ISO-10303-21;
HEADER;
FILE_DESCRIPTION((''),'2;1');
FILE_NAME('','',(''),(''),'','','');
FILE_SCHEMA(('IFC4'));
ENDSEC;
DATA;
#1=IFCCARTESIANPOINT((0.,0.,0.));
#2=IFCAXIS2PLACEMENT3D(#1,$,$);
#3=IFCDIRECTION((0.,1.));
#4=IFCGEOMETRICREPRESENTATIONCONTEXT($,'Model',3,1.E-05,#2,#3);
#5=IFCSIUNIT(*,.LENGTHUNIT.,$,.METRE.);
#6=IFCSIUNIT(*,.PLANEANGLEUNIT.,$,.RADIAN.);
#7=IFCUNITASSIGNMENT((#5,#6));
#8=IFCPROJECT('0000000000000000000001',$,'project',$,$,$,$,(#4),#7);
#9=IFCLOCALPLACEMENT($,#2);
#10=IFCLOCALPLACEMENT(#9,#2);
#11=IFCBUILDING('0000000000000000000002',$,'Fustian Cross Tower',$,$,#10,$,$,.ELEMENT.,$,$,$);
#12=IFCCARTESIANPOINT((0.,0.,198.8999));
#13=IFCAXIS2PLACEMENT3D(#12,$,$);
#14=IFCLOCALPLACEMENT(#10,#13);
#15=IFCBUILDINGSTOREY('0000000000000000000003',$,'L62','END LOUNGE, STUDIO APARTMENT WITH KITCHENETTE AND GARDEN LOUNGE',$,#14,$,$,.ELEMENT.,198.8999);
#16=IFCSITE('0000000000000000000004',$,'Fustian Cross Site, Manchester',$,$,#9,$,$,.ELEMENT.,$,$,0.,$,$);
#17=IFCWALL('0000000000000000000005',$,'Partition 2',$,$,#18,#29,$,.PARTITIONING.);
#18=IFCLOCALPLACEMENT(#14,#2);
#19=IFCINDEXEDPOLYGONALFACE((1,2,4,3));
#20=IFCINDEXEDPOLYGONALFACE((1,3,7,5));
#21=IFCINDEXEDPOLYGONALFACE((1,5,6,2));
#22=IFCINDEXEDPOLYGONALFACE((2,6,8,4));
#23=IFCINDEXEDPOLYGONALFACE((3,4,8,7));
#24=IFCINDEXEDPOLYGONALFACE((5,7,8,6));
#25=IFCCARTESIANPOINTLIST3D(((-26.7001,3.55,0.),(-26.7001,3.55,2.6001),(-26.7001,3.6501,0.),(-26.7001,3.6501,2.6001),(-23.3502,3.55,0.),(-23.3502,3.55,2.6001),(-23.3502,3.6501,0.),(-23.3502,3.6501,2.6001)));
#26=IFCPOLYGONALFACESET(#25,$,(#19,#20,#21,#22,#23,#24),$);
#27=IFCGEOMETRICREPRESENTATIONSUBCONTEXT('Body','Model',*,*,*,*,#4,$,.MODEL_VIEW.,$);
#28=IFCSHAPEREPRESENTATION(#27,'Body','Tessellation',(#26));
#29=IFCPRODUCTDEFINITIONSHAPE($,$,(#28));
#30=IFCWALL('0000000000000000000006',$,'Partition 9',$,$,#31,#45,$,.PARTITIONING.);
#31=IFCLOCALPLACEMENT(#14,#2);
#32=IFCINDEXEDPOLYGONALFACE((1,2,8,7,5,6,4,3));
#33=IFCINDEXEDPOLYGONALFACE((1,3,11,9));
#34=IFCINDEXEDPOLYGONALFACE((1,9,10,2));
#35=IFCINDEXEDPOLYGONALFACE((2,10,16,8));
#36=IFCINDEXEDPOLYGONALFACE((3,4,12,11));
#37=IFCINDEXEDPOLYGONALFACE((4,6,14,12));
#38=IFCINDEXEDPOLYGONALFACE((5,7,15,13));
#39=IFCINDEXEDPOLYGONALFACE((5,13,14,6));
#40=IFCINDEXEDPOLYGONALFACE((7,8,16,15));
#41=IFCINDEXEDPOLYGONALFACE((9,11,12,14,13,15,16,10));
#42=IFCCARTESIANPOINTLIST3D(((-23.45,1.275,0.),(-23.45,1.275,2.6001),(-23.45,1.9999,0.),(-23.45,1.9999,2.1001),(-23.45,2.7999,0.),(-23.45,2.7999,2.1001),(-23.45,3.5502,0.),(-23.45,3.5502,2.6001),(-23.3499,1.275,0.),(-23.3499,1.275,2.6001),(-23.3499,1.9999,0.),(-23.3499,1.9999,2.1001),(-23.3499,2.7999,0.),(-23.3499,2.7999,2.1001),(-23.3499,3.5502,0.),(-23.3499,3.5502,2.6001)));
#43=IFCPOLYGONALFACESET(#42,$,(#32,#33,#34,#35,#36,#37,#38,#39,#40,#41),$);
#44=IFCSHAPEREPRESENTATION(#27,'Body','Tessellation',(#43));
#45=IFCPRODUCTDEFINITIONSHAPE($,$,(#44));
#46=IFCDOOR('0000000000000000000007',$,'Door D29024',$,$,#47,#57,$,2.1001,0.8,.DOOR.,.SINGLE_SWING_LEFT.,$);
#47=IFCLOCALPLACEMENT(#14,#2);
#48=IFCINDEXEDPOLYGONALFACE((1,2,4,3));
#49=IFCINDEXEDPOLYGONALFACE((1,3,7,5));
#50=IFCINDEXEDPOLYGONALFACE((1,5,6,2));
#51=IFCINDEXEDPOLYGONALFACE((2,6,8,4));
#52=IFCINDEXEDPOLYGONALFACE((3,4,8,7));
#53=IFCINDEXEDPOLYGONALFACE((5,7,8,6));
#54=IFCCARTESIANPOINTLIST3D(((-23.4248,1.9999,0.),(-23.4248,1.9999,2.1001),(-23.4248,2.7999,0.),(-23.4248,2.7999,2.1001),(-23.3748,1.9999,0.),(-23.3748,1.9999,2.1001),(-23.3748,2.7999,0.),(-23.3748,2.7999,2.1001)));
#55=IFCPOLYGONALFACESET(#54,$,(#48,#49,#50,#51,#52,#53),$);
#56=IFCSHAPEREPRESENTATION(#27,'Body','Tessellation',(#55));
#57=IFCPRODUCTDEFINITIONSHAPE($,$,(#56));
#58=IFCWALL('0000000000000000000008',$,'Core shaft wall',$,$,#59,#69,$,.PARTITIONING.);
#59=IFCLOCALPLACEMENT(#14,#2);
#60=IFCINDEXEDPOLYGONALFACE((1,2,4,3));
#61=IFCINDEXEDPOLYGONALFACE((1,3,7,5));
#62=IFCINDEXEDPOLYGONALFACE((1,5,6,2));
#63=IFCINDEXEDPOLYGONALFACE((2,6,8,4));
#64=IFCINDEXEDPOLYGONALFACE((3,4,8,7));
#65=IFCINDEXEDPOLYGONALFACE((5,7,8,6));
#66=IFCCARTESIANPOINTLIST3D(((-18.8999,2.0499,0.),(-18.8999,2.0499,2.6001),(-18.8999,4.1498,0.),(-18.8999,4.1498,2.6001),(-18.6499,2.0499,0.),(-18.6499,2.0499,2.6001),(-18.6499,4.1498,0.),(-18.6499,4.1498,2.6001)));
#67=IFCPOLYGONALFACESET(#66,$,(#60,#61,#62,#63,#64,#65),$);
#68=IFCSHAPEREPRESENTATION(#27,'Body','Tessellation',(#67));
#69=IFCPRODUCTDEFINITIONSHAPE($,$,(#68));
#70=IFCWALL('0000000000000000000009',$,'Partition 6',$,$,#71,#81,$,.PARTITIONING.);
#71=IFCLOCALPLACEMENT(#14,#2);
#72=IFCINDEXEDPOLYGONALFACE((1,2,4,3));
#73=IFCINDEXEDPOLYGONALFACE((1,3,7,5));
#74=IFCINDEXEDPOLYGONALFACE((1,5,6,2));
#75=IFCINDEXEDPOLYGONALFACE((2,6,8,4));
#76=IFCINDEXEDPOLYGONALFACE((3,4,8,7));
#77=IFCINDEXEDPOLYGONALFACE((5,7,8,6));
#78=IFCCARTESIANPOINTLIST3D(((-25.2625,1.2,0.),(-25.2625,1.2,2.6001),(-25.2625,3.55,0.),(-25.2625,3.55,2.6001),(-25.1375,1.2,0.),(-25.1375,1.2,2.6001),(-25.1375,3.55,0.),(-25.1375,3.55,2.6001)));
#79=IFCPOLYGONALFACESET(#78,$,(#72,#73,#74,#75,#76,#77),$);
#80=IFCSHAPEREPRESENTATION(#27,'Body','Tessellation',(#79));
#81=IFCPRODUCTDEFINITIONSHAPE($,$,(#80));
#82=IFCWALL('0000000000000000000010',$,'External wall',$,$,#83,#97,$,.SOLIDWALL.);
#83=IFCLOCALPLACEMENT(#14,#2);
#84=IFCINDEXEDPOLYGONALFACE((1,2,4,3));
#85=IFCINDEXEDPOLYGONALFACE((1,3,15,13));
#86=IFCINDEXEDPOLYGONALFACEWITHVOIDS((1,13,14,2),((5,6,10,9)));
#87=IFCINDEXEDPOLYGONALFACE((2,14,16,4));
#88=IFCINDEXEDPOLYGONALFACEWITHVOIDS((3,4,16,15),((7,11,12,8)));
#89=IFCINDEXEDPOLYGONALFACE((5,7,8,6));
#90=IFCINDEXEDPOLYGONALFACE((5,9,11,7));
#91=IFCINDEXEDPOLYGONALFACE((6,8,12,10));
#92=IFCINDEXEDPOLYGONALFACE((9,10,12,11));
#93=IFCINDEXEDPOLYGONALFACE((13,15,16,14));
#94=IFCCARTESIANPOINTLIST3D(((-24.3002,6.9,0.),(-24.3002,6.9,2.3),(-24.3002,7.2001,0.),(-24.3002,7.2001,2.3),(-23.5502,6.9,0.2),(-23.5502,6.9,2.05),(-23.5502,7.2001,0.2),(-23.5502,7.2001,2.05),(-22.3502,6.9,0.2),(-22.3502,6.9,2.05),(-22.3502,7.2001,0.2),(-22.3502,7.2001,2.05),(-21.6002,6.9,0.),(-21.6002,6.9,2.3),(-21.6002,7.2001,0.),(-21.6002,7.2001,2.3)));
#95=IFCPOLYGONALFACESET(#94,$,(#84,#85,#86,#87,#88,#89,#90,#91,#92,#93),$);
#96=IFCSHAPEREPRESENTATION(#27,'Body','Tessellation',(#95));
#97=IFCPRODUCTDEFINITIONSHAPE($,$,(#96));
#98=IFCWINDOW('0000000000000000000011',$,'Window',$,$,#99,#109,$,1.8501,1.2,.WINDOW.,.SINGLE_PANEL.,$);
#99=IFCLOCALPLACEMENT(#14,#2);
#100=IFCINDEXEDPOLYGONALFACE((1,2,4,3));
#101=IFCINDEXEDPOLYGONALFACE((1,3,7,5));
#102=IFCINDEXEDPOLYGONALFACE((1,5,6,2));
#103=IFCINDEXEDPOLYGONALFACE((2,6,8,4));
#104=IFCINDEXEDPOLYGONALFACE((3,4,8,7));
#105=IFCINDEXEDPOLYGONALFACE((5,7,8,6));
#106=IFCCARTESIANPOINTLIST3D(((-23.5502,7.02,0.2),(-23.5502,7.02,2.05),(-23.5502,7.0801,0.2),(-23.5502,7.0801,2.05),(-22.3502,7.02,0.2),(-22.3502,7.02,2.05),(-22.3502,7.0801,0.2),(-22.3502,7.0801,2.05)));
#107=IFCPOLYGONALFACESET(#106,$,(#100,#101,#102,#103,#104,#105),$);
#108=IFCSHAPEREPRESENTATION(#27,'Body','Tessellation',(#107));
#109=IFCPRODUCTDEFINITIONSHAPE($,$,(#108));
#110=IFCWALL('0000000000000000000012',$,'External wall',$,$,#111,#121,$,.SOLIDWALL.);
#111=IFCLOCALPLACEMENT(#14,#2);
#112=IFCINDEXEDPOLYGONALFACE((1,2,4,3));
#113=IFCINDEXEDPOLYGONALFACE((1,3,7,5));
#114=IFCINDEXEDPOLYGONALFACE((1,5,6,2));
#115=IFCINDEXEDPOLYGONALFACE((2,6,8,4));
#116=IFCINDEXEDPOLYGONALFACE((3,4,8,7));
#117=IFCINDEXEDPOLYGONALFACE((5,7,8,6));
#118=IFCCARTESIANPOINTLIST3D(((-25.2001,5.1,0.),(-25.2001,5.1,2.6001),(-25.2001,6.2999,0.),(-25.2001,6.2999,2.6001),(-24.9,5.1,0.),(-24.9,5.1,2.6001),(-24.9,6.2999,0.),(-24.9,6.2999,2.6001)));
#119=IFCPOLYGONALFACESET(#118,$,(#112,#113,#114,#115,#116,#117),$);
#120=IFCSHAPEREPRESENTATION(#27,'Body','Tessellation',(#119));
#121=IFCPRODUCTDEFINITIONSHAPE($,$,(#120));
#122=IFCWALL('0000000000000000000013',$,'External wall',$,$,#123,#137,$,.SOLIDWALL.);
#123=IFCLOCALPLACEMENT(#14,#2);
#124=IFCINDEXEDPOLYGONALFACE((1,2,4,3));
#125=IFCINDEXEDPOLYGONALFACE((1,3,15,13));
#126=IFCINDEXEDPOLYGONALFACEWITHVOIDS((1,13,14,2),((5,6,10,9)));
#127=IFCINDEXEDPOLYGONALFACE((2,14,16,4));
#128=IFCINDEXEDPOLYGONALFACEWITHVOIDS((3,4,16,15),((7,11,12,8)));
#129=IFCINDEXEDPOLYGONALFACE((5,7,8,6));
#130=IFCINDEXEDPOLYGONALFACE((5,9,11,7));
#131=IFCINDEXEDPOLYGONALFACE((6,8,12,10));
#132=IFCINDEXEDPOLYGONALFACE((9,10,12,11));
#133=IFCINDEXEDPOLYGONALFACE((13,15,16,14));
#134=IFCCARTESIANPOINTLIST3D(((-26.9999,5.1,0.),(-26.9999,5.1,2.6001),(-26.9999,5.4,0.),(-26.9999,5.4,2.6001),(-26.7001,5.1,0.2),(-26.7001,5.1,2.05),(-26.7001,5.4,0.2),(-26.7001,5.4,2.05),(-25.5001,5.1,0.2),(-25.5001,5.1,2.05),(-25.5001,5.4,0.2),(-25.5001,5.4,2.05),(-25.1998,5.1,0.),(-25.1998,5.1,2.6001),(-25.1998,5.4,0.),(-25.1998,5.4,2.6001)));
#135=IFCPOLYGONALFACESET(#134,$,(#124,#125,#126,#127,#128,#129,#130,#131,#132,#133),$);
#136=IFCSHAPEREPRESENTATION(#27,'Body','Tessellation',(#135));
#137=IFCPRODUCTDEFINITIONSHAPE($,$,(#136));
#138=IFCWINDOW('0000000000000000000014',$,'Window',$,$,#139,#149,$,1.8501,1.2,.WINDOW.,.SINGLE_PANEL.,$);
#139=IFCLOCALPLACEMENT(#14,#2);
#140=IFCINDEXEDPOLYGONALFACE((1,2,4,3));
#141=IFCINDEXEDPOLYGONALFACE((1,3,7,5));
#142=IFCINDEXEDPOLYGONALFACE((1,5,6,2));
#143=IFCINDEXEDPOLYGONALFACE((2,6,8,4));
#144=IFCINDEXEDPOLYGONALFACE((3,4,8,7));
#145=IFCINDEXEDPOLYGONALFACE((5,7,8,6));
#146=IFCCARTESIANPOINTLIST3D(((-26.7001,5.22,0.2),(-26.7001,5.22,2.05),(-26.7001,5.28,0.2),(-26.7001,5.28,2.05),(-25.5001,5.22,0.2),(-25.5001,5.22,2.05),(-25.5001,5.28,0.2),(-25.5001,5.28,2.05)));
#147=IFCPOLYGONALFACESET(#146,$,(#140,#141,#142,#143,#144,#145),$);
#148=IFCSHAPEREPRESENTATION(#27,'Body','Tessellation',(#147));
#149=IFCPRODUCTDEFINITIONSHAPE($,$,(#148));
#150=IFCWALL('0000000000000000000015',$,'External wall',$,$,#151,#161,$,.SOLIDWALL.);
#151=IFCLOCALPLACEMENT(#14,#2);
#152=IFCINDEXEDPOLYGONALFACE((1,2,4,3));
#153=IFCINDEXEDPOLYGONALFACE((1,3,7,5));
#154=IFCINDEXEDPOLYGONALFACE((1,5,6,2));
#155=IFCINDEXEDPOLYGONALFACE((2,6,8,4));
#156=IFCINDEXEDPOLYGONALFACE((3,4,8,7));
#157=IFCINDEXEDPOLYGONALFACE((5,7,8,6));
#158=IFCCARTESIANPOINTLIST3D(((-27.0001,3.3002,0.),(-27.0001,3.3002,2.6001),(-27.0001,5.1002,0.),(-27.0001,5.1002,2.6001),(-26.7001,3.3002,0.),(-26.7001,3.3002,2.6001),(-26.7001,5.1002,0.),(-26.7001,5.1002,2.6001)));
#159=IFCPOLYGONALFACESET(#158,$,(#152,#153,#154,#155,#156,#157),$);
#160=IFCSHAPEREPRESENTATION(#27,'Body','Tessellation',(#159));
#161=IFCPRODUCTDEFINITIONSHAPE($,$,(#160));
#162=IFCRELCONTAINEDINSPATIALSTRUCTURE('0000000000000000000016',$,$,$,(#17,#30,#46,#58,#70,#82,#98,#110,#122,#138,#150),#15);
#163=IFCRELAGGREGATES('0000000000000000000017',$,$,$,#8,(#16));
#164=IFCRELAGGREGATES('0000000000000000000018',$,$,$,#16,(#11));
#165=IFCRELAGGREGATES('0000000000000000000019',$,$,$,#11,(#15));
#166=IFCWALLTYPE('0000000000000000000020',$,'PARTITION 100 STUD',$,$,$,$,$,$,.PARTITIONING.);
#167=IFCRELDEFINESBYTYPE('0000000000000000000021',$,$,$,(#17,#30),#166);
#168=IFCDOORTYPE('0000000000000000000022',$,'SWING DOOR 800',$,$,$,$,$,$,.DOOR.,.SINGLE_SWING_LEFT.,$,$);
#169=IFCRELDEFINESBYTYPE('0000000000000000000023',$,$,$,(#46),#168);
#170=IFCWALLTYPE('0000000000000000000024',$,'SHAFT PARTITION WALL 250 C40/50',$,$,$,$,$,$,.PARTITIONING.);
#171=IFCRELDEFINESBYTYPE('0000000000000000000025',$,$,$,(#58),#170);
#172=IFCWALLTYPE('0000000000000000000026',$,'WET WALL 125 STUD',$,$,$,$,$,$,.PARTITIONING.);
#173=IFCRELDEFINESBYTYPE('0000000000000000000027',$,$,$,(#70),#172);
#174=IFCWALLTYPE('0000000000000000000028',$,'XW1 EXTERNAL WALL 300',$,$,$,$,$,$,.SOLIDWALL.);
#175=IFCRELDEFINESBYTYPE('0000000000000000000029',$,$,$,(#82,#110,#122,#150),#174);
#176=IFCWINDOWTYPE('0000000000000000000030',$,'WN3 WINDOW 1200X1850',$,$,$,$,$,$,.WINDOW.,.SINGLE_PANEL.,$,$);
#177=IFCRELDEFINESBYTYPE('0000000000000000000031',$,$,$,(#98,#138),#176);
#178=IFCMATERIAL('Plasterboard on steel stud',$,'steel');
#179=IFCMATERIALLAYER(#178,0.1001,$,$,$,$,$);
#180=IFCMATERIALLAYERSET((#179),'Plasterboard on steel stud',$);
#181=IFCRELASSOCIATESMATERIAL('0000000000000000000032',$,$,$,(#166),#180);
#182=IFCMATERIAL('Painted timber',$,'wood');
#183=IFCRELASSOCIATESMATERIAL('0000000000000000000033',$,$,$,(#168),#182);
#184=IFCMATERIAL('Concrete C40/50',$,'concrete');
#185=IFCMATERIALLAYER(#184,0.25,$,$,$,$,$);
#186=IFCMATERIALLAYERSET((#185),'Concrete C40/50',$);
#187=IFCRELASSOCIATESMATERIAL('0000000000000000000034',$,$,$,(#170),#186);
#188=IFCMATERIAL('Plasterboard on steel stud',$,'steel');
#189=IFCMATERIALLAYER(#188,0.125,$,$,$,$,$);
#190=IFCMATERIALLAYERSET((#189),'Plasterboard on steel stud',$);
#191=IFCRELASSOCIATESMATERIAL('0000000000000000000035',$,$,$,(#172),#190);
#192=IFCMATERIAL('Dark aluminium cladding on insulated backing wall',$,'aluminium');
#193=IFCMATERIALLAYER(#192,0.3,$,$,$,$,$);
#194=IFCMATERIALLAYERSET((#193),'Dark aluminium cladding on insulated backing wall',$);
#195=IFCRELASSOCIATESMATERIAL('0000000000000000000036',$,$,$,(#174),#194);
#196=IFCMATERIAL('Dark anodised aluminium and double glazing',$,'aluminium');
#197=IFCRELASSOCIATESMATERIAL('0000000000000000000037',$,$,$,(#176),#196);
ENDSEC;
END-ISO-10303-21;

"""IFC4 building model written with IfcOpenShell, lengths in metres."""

from ifc_helpers import new_model, si_unit, direction, frame, frame_2d, origin, place, context, subcontext, project, spatial, rectangle, extrude, material, layer, layer_set, type_object, element, fill, save


model = new_model("IFC4")

# Units and contexts
model_context = context("Model", 3, precision=1e-05, world=origin(), true_north=direction((0.0, 1.0)))
body_context = subcontext(model_context, "Body", "Model", "MODEL_VIEW")
ifc_project = project(units=[si_unit("LENGTHUNIT", "METRE"), si_unit("PLANEANGLEUNIT", "RADIAN")], contexts=[model_context])

# Site, building, storey
site_placement = place(None, origin())
site = spatial("IfcSite", under=ifc_project, at=site_placement, Name="Fustian Cross Site, Manchester", CompositionType="ELEMENT", RefElevation=0.0)
building_placement = place(site_placement, origin())
building = spatial("IfcBuilding", under=site, at=building_placement, Name="Fustian Cross Tower", CompositionType="ELEMENT")
storey_placement = place(building_placement, frame((0.0, 0.0, 198.8999)))
storey = spatial("IfcBuildingStorey", under=building, at=storey_placement, Name="L62", Description="END LOUNGE, STUDIO APARTMENT WITH KITCHENETTE AND GARDEN LOUNGE", CompositionType="ELEMENT", Elevation=198.8999)

# Wall
ifc_material_1 = material(Name="Plasterboard on steel stud", Category="steel")
ifc_layer_1 = layer(ifc_material_1, 0.1001)
ifc_layer_set_1 = layer_set([ifc_layer_1], Name="Plasterboard on steel stud")
wall_type_1 = type_object("IfcWallType", Name="PARTITION 100 STUD", PredefinedType="PARTITIONING", material=ifc_layer_set_1)
wall_1_placement = place(storey_placement, frame((-26.7, 3.6001, 0.0), z_axis=(0.0, 0.0, 1.0), x_axis=(1.0, 0.0, 0.0)))
element("IfcWall", 1, at=wall_1_placement, inside=storey, type_object=wall_type_1, Name="Partition 2", PredefinedType="PARTITIONING", context=body_context, shape_type="SweptSolid", body=[
    extrude(rectangle(XDim=3.3499, YDim=0.1001, at=frame_2d((1.6748, 0.0))), origin(), (0.0, 0.0, 1.0), 2.6001),
])

# Wall, opening, door
wall_2_placement = place(storey_placement, frame((-23.3999, 1.2749, 0.0), z_axis=(0.0, 0.0, 1.0), x_axis=(0.0, 1.0, 0.0)))
wall_2 = element("IfcWall", 2, at=wall_2_placement, inside=storey, type_object=wall_type_1, Name="Partition 9", PredefinedType="PARTITIONING", context=body_context, shape_type="SweptSolid", body=[
    extrude(rectangle(XDim=2.2751, YDim=0.1001, at=frame_2d((1.1377, 0.0))), origin(), (0.0, 0.0, 1.0), 2.6001),
])
opening_1_placement = place(wall_2_placement, frame((0.7251, 0.0, 0.0)))
opening_1 = element("IfcOpeningElement", 3, at=opening_1_placement, cuts=wall_2, PredefinedType="OPENING", context=body_context, shape_type="SweptSolid", body=[
    extrude(rectangle(XDim=0.8, YDim=2.1001, at=frame_2d((0.3999, 1.05))), frame((0.0, 0.0601, 0.0), z_axis=(0.0, -1.0, 0.0), x_axis=(1.0, 0.0, 0.0)), (0.0, 0.0, 1.0), 0.1201),
])
ifc_material_2 = material(Name="Painted timber", Category="wood")
door_type_1 = type_object("IfcDoorType", Name="SWING DOOR 800", OperationType="SINGLE_SWING_LEFT", PredefinedType="DOOR", material=ifc_material_2)
door_1_placement = place(opening_1_placement, origin())
door_1 = element("IfcDoor", 4, at=door_1_placement, inside=storey, type_object=door_type_1, Name="Door D29024", OperationType="SINGLE_SWING_LEFT", OverallHeight=2.1001, OverallWidth=0.8, PredefinedType="DOOR", context=body_context, shape_type="SweptSolid", body=[
    extrude(rectangle(XDim=0.8, YDim=2.1001, at=frame_2d((0.3999, 1.05))), frame((0.0, 0.0249, 0.0), z_axis=(0.0, -1.0, 0.0), x_axis=(1.0, 0.0, 0.0)), (0.0, 0.0, 1.0), 0.05),
])
fill(opening_1, door_1)

# Walls
ifc_material_3 = material(Name="Concrete C40/50", Category="concrete")
ifc_layer_2 = layer(ifc_material_3, 0.25)
ifc_layer_set_2 = layer_set([ifc_layer_2], Name="Concrete C40/50")
wall_type_2 = type_object("IfcWallType", Name="SHAFT PARTITION WALL 250 C40/50", PredefinedType="PARTITIONING", material=ifc_layer_set_2)
wall_3_placement = place(storey_placement, frame((-18.7749, 2.05, 0.0), z_axis=(0.0, 0.0, 1.0), x_axis=(0.0, 1.0, 0.0)))
element("IfcWall", 5, at=wall_3_placement, inside=storey, type_object=wall_type_2, Name="Core shaft wall", PredefinedType="PARTITIONING", context=body_context, shape_type="SweptSolid", body=[
    extrude(rectangle(XDim=2.0999, YDim=0.25, at=frame_2d((1.0498, 0.0))), origin(), (0.0, 0.0, 1.0), 2.6001),
])
ifc_material_4 = material(Name="Plasterboard on steel stud", Category="steel")
ifc_layer_3 = layer(ifc_material_4, 0.125)
ifc_layer_set_3 = layer_set([ifc_layer_3], Name="Plasterboard on steel stud")
wall_type_3 = type_object("IfcWallType", Name="WET WALL 125 STUD", PredefinedType="PARTITIONING", material=ifc_layer_set_3)
wall_4_placement = place(storey_placement, frame((-25.2, 1.2, 0.0), z_axis=(0.0, 0.0, 1.0), x_axis=(0.0, 1.0, 0.0)))
element("IfcWall", 6, at=wall_4_placement, inside=storey, type_object=wall_type_3, Name="Partition 6", PredefinedType="PARTITIONING", context=body_context, shape_type="SweptSolid", body=[
    extrude(rectangle(XDim=2.3501, YDim=0.125, at=frame_2d((1.175, 0.0))), origin(), (0.0, 0.0, 1.0), 2.6001),
])

# Wall, opening, window
ifc_material_5 = material(Name="Dark aluminium cladding on insulated backing wall", Category="aluminium")
ifc_layer_4 = layer(ifc_material_5, 0.3)
ifc_layer_set_4 = layer_set([ifc_layer_4], Name="Dark aluminium cladding on insulated backing wall")
wall_type_4 = type_object("IfcWallType", Name="XW1 EXTERNAL WALL 300", PredefinedType="SOLIDWALL", material=ifc_layer_set_4)
wall_5_placement = place(storey_placement, frame((-21.6001, 7.05, 0.0), z_axis=(0.0, 0.0, 1.0), x_axis=(-1.0, 0.0, 0.0)))
wall_5 = element("IfcWall", 7, at=wall_5_placement, inside=storey, type_object=wall_type_4, Name="External wall", PredefinedType="SOLIDWALL", context=body_context, shape_type="SweptSolid", body=[
    extrude(rectangle(XDim=2.7, YDim=0.3, at=frame_2d((1.3501, 0.0))), origin(), (0.0, 0.0, 1.0), 2.3),
])
opening_2_placement = place(wall_5_placement, frame((0.75, 0.0, 0.2)))
opening_2 = element("IfcOpeningElement", 8, at=opening_2_placement, cuts=wall_5, PredefinedType="OPENING", context=body_context, shape_type="SweptSolid", body=[
    extrude(rectangle(XDim=1.2, YDim=1.8501, at=frame_2d((0.6001, 0.925))), frame((0.0, 0.1599, 0.0), z_axis=(0.0, -1.0, 0.0), x_axis=(1.0, 0.0, 0.0)), (0.0, 0.0, 1.0), 0.3201),
])
ifc_material_6 = material(Name="Dark anodised aluminium and double glazing", Category="aluminium")
window_type = type_object("IfcWindowType", Name="WN3 WINDOW 1200X1850", PartitioningType="SINGLE_PANEL", PredefinedType="WINDOW", material=ifc_material_6)
window_1_placement = place(opening_2_placement, origin())
window_1 = element("IfcWindow", 9, at=window_1_placement, inside=storey, type_object=window_type, Name="Window", OverallHeight=1.8501, OverallWidth=1.2, PartitioningType="SINGLE_PANEL", PredefinedType="WINDOW", context=body_context, shape_type="SweptSolid", body=[
    extrude(rectangle(XDim=1.2, YDim=1.8501, at=frame_2d((0.6001, 0.925))), frame((0.0, 0.03, 0.0), z_axis=(0.0, -1.0, 0.0), x_axis=(1.0, 0.0, 0.0)), (0.0, 0.0, 1.0), 0.0601),
])
fill(opening_2, window_1)

# Wall
wall_6_placement = place(storey_placement, frame((-25.05, 6.3, 0.0), z_axis=(0.0, 0.0, 1.0), x_axis=(0.0, -1.0, 0.0)))
element("IfcWall", 10, at=wall_6_placement, inside=storey, type_object=wall_type_4, Name="External wall", PredefinedType="SOLIDWALL", context=body_context, shape_type="SweptSolid", body=[
    extrude(rectangle(XDim=1.2, YDim=0.3, at=frame_2d((0.6001, 0.0))), origin(), (0.0, 0.0, 1.0), 2.6001),
])

# Wall, opening, window
wall_7_placement = place(storey_placement, frame((-25.2, 5.25, 0.0), z_axis=(0.0, 0.0, 1.0), x_axis=(-1.0, 0.0, 0.0)))
wall_7 = element("IfcWall", 11, at=wall_7_placement, inside=storey, type_object=wall_type_4, Name="External wall", PredefinedType="SOLIDWALL", context=body_context, shape_type="SweptSolid", body=[
    extrude(rectangle(XDim=1.8, YDim=0.3, at=frame_2d((0.8999, 0.0))), origin(), (0.0, 0.0, 1.0), 2.6001),
])
opening_3_placement = place(wall_7_placement, frame((0.3, 0.0, 0.2)))
opening_3 = element("IfcOpeningElement", 12, at=opening_3_placement, cuts=wall_7, PredefinedType="OPENING", context=body_context, shape_type="SweptSolid", body=[
    extrude(rectangle(XDim=1.2, YDim=1.8501, at=frame_2d((0.6001, 0.925))), frame((0.0, 0.1599, 0.0), z_axis=(0.0, -1.0, 0.0), x_axis=(1.0, 0.0, 0.0)), (0.0, 0.0, 1.0), 0.3201),
])
window_2_placement = place(opening_3_placement, origin())
window_2 = element("IfcWindow", 13, at=window_2_placement, inside=storey, type_object=window_type, Name="Window", OverallHeight=1.8501, OverallWidth=1.2, PartitioningType="SINGLE_PANEL", PredefinedType="WINDOW", context=body_context, shape_type="SweptSolid", body=[
    extrude(rectangle(XDim=1.2, YDim=1.8501, at=frame_2d((0.6001, 0.925))), frame((0.0, 0.03, 0.0), z_axis=(0.0, -1.0, 0.0), x_axis=(1.0, 0.0, 0.0)), (0.0, 0.0, 1.0), 0.0601),
])
fill(opening_3, window_2)

# Wall
wall_8_placement = place(storey_placement, frame((-26.8501, 5.1001, 0.0), z_axis=(0.0, 0.0, 1.0), x_axis=(0.0, -1.0, 0.0)))
element("IfcWall", 14, at=wall_8_placement, inside=storey, type_object=wall_type_4, Name="External wall", PredefinedType="SOLIDWALL", context=body_context, shape_type="SweptSolid", body=[
    extrude(rectangle(XDim=1.8, YDim=0.3, at=frame_2d((0.8999, 0.0))), origin(), (0.0, 0.0, 1.0), 2.6001),
])

save(model, "model.ifc")
